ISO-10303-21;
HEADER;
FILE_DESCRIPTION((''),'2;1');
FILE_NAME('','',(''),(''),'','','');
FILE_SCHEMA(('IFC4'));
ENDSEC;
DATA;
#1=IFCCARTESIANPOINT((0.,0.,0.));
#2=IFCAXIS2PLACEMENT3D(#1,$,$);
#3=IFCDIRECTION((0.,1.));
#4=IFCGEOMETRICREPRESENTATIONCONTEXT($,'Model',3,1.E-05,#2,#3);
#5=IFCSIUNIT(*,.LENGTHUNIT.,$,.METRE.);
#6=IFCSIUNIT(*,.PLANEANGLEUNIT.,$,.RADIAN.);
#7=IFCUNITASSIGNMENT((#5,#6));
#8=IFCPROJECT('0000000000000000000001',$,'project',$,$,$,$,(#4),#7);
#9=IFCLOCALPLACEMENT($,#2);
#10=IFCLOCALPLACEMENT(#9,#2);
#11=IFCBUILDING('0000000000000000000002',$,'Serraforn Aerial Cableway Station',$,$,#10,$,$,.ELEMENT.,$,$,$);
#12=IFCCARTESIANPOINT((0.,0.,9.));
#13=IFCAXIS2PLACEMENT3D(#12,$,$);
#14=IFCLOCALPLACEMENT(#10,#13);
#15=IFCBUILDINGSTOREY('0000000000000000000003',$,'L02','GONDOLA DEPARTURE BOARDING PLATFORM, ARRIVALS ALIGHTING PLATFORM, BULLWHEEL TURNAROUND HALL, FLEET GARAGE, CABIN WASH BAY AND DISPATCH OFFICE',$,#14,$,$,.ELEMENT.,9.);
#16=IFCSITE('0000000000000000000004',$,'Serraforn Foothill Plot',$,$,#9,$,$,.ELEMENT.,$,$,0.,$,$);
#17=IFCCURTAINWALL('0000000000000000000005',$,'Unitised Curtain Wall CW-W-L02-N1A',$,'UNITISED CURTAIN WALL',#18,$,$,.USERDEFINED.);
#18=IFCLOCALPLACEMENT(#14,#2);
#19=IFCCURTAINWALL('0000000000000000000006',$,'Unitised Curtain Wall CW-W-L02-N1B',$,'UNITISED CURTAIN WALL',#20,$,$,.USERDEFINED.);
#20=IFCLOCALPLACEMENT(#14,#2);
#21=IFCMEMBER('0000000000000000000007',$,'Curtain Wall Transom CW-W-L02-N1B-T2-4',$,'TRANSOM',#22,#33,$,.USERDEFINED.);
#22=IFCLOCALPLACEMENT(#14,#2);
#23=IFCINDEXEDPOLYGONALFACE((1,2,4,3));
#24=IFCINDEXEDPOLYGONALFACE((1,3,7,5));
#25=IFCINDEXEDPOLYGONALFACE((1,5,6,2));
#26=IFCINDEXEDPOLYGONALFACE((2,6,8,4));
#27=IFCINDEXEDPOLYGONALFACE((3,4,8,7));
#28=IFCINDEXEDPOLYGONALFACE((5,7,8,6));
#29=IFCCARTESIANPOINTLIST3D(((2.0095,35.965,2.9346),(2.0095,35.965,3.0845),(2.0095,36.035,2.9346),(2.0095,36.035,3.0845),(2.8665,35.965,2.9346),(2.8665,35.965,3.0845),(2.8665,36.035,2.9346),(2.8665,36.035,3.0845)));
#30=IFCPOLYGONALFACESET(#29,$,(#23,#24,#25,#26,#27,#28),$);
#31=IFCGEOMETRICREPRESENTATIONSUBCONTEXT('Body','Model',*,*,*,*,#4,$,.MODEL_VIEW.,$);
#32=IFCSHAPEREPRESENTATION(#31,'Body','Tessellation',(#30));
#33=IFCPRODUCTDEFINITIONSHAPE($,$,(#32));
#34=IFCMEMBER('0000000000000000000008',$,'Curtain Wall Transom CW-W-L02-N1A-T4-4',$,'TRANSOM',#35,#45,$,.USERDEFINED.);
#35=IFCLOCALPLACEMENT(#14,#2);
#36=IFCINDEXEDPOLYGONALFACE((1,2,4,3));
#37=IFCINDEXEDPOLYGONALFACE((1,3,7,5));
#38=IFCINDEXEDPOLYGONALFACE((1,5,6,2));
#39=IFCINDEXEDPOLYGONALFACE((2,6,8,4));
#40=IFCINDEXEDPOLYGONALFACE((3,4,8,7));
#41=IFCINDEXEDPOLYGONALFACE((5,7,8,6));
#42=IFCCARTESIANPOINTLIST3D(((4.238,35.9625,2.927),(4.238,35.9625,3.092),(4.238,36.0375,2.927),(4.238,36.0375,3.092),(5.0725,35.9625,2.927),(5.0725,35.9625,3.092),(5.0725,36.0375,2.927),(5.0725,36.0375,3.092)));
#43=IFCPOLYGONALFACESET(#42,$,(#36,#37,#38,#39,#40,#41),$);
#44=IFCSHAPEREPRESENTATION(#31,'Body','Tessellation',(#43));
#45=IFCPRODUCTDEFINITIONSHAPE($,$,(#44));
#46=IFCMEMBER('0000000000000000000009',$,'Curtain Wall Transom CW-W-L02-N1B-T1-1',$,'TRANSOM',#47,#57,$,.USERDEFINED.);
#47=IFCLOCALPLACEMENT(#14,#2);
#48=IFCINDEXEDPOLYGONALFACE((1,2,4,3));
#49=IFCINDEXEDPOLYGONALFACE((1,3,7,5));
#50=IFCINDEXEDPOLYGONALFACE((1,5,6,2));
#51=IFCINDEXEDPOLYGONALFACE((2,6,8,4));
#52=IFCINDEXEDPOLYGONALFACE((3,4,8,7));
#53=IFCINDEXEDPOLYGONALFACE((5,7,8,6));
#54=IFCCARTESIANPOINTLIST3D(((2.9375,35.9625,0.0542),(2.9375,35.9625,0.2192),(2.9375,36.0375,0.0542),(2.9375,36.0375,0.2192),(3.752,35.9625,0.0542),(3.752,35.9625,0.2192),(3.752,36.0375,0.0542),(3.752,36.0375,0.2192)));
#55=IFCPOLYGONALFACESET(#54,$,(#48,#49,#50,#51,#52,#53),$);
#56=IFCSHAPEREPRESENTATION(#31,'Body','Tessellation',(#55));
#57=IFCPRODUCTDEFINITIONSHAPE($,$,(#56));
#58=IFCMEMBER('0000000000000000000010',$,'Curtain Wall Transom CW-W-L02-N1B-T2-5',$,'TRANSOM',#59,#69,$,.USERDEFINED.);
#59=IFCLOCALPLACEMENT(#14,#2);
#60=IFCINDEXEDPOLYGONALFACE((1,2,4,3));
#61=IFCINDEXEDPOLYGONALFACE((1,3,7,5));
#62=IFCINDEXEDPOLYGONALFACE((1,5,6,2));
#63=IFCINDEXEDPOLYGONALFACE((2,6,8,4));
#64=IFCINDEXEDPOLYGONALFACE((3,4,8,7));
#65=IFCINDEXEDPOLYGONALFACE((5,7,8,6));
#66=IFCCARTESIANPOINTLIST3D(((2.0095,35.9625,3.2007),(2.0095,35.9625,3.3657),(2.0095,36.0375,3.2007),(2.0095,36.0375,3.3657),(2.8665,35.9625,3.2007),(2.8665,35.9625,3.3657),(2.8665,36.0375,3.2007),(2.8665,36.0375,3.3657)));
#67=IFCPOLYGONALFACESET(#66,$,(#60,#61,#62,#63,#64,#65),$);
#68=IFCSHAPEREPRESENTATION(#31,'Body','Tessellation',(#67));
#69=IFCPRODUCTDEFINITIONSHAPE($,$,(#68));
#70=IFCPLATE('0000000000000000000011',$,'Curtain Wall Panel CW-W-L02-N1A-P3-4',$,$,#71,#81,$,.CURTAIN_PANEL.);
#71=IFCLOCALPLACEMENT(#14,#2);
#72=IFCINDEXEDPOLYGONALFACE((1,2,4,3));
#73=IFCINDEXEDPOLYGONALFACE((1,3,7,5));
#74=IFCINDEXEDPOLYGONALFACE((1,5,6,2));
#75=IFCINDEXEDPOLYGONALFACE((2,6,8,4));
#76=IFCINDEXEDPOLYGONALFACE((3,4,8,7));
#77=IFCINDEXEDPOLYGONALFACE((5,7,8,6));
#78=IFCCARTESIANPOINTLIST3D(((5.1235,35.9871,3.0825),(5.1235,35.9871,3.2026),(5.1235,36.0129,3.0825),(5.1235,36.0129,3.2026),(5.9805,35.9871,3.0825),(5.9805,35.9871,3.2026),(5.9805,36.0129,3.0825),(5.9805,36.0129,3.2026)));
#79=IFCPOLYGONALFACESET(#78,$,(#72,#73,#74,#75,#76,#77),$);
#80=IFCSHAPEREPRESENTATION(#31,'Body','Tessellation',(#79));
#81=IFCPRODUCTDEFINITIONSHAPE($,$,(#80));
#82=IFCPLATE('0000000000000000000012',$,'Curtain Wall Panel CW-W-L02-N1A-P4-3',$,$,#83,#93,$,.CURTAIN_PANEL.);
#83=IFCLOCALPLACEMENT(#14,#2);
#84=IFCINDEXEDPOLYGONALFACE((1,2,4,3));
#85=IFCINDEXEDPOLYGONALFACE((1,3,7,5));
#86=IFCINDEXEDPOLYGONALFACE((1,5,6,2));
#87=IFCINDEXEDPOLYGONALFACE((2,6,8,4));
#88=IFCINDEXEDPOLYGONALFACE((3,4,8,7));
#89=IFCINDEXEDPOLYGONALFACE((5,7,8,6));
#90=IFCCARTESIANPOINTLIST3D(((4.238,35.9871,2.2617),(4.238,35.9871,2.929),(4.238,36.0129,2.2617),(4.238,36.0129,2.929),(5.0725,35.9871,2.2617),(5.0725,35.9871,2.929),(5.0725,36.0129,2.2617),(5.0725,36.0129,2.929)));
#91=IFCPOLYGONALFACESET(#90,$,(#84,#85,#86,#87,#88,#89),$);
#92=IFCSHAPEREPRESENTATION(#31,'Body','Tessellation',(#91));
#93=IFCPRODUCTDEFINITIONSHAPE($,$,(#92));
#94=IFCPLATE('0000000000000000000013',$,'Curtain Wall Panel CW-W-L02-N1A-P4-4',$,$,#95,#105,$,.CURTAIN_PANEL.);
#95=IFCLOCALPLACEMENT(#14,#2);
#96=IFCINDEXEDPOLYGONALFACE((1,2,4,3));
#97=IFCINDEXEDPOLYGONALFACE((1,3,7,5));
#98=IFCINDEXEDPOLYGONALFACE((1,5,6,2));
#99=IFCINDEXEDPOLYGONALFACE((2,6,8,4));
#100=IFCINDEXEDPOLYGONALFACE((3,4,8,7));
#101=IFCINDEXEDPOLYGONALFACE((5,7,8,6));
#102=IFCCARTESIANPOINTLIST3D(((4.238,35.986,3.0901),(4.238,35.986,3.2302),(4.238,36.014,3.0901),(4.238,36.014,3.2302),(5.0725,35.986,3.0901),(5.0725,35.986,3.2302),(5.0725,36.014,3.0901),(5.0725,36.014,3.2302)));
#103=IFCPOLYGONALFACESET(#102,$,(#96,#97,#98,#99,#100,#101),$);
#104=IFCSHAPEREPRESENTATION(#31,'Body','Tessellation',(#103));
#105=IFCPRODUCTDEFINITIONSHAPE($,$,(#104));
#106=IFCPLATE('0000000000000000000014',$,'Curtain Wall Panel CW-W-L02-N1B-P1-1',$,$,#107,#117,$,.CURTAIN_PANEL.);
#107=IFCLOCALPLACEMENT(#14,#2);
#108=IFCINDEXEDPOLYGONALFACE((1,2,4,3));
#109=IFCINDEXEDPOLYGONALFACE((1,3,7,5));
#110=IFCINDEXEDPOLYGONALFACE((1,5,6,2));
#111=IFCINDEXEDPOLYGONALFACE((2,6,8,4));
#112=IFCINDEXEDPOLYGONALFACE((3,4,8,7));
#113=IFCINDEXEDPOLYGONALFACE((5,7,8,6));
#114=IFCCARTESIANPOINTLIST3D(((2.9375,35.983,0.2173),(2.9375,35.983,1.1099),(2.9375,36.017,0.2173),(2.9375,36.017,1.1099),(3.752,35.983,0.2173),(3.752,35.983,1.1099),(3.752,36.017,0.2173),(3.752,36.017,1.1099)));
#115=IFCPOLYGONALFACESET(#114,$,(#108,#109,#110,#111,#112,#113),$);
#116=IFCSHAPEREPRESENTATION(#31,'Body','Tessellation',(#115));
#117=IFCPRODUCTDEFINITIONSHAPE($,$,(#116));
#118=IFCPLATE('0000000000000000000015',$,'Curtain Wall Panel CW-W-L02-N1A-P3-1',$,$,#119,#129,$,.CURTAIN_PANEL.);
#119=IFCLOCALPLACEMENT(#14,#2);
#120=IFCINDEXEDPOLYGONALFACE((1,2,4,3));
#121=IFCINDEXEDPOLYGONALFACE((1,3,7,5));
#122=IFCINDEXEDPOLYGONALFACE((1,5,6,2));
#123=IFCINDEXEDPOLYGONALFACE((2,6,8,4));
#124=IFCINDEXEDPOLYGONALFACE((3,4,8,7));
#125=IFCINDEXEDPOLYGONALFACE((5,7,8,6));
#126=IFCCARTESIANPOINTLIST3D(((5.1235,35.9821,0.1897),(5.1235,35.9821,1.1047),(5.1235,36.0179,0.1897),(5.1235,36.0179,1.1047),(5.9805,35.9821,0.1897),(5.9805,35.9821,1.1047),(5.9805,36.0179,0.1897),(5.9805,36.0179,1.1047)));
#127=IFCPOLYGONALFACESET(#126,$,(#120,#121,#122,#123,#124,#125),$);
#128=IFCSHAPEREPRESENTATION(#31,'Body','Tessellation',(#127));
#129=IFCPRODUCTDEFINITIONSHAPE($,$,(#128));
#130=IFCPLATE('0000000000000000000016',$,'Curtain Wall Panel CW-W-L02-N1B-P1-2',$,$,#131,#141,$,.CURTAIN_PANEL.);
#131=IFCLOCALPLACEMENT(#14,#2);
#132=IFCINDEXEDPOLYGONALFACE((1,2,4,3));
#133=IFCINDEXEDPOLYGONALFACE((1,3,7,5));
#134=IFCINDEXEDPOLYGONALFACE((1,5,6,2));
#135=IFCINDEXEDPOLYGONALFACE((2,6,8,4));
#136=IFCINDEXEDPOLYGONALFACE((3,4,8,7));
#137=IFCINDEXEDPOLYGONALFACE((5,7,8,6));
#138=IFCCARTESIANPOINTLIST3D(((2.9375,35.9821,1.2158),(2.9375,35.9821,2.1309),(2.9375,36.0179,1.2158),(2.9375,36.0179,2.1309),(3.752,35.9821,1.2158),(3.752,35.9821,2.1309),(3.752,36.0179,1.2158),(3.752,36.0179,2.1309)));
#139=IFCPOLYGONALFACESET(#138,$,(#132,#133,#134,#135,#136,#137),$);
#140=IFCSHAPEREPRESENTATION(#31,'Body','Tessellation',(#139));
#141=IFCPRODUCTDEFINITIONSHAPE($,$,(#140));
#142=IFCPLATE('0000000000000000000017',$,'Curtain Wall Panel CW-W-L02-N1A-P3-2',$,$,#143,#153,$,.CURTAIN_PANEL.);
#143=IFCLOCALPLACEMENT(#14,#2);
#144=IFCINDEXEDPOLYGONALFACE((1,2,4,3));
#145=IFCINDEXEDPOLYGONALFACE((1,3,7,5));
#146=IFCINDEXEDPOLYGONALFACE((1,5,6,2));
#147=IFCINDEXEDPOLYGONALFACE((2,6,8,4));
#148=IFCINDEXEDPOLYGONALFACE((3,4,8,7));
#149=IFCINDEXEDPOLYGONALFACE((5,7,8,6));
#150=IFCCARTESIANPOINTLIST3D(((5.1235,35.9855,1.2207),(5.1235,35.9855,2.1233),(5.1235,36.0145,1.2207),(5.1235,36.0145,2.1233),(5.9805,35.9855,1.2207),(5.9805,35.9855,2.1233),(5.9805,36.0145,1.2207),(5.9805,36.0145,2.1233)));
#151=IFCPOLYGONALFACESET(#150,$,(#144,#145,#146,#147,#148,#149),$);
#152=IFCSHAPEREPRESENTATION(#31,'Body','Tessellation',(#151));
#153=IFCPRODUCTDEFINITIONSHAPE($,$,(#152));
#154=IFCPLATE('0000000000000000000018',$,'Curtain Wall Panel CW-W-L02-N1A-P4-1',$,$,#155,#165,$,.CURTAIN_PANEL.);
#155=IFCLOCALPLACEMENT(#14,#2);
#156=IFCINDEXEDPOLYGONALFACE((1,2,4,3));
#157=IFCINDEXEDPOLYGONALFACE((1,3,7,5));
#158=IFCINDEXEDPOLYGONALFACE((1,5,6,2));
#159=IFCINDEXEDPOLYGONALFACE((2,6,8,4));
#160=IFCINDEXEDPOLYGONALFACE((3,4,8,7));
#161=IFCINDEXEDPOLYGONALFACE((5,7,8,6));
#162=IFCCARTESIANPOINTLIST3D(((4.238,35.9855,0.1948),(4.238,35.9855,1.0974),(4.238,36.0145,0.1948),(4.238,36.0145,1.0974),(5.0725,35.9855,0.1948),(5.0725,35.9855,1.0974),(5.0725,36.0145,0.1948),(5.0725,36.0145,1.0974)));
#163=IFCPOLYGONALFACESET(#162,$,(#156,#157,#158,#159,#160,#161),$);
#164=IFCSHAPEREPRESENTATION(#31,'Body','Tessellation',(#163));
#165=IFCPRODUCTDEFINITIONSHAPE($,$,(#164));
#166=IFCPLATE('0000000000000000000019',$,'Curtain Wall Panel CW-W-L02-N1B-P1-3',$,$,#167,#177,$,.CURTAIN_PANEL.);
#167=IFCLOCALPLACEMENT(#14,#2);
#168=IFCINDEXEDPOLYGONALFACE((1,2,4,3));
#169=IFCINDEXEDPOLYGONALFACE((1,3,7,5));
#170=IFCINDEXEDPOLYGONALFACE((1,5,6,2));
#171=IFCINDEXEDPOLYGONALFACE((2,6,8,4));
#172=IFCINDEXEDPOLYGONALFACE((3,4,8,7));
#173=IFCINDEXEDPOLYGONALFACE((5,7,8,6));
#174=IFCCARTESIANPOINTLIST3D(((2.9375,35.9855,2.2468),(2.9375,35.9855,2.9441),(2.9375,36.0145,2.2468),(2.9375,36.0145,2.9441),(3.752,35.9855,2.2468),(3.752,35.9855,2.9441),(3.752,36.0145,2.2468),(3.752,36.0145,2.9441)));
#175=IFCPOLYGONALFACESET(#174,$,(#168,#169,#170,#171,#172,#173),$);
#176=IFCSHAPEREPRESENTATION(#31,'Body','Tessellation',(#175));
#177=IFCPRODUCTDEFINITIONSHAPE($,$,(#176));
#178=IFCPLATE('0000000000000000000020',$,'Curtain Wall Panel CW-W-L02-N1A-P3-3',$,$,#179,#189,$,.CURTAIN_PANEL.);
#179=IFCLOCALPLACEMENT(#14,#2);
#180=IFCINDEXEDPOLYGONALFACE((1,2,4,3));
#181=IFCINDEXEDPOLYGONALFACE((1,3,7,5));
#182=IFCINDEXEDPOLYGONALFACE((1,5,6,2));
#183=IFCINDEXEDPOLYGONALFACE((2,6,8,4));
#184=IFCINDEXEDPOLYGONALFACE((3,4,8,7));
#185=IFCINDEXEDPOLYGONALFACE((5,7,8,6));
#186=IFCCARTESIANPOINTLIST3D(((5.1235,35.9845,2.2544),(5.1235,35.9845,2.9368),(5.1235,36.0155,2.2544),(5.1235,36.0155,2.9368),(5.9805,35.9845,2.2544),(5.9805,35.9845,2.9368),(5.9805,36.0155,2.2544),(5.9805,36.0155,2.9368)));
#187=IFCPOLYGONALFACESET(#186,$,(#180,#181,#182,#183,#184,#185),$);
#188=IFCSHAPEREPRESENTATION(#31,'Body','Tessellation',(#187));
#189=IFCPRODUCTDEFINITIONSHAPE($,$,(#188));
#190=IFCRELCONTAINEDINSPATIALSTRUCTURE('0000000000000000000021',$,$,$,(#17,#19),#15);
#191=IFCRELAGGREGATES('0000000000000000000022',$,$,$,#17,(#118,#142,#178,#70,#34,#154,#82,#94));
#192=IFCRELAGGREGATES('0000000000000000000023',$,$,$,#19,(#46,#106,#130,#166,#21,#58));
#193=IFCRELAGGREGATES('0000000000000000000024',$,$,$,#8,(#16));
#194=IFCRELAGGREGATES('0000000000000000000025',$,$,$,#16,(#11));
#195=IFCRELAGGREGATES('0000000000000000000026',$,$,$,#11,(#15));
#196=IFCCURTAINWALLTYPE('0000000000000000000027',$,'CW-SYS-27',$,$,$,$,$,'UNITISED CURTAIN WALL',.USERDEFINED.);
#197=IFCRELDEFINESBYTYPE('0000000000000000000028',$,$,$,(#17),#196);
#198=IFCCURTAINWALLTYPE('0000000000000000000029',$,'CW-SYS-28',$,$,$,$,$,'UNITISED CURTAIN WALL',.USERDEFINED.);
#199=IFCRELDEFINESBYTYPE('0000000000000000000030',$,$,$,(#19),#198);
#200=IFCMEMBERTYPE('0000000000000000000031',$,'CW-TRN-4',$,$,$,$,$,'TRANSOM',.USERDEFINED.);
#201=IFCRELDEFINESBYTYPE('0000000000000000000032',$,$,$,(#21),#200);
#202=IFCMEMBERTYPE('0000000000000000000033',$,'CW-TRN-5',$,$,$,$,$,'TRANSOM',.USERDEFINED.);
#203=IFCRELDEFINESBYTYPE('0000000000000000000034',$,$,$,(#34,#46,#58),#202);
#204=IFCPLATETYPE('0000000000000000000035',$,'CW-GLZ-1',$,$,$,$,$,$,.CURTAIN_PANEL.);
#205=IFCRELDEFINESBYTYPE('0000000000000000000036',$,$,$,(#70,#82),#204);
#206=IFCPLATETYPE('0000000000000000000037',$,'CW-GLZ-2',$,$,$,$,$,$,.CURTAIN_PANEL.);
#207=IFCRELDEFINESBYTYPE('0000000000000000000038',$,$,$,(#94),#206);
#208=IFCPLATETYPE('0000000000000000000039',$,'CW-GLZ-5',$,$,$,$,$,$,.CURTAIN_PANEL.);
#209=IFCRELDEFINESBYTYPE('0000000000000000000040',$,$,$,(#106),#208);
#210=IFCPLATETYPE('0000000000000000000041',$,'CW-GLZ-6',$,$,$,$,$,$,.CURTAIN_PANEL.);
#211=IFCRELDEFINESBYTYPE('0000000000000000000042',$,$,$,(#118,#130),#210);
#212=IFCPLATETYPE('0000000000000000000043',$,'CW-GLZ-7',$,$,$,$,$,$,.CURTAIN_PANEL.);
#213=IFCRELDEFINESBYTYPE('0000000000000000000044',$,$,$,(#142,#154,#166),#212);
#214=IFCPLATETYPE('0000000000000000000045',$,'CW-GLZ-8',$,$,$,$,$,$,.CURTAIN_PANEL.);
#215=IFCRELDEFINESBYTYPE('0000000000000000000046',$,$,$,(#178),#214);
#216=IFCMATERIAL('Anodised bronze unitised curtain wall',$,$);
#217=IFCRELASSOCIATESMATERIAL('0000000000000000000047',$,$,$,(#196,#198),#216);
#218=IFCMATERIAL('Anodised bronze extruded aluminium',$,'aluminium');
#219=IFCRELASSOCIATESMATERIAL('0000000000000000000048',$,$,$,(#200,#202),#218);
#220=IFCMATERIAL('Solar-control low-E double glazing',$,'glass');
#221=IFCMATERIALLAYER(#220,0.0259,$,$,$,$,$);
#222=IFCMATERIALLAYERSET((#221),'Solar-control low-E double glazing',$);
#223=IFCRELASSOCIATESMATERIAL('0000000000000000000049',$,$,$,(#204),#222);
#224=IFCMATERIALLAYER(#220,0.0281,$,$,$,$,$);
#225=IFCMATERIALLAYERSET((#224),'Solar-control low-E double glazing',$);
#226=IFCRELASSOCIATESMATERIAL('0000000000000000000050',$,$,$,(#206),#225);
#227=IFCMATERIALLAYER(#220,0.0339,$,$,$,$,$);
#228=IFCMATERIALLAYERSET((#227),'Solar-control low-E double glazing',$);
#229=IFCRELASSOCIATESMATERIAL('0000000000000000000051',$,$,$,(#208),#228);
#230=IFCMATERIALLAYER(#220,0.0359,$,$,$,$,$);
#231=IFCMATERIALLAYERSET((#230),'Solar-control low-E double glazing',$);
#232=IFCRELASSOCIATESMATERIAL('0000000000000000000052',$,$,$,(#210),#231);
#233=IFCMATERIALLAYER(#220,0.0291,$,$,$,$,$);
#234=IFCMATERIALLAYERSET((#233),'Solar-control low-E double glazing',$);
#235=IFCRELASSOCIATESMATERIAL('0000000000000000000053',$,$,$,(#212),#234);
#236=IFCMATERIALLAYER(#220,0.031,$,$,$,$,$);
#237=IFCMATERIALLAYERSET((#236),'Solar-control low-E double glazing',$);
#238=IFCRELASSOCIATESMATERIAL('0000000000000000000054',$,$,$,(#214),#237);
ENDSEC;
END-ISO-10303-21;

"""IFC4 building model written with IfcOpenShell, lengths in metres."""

from ifc_helpers import new_model, si_unit, direction, frame, origin, origin_2d, place, context, subcontext, project, spatial, rectangle, extrude, material, layer, layer_set, material_profile, profile_set, type_object, element, aggregate, save


model = new_model("IFC4")

# Units and contexts
model_context = context("Model", 3, precision=1e-05, world=origin(), true_north=direction((0.0, 1.0)))
body_context = subcontext(model_context, "Body", "Model", "MODEL_VIEW")
ifc_project = project(units=[si_unit("LENGTHUNIT", "METRE"), si_unit("PLANEANGLEUNIT", "RADIAN")], contexts=[model_context])

# Site, building, storey
site_placement = place(None, origin())
site = spatial("IfcSite", under=ifc_project, at=site_placement, Name="Serraforn Foothill Plot", CompositionType="ELEMENT", RefElevation=0.0)
building_placement = place(site_placement, origin())
building = spatial("IfcBuilding", under=site, at=building_placement, Name="Serraforn Aerial Cableway Station", CompositionType="ELEMENT")
storey_placement = place(building_placement, frame((0.0, 0.0, 9.0)))
storey = spatial("IfcBuildingStorey", under=building, at=storey_placement, Name="L02", Description="GONDOLA DEPARTURE BOARDING PLATFORM, ARRIVALS ALIGHTING PLATFORM, BULLWHEEL TURNAROUND HALL, FLEET GARAGE, CABIN WASH BAY AND DISPATCH OFFICE", CompositionType="ELEMENT", Elevation=9.0)

# Curtain walls
ifc_material_1 = material(Name="Anodised bronze unitised curtain wall")
curtain_wall_type_1 = type_object("IfcCurtainWallType", Name="CW-SYS-27", ElementType="UNITISED CURTAIN WALL", PredefinedType="USERDEFINED", material=ifc_material_1)
curtain_wall_1_placement = place(storey_placement, origin())
curtain_wall_1 = element("IfcCurtainWall", 1, at=curtain_wall_1_placement, inside=storey, type_object=curtain_wall_type_1, Name="Unitised Curtain Wall CW-W-L02-N1A", ObjectType="UNITISED CURTAIN WALL", PredefinedType="USERDEFINED")
ifc_material_2 = material(Name="Anodised bronze extruded aluminium", Category="aluminium")
curtain_wall_type_2 = type_object("IfcCurtainWallType", Name="CW-SYS-28", ElementType="UNITISED CURTAIN WALL", PredefinedType="USERDEFINED", material=ifc_material_1)
curtain_wall_2_placement = place(storey_placement, origin())
curtain_wall_2 = element("IfcCurtainWall", 2, at=curtain_wall_2_placement, inside=storey, type_object=curtain_wall_type_2, Name="Unitised Curtain Wall CW-W-L02-N1B", ObjectType="UNITISED CURTAIN WALL", PredefinedType="USERDEFINED")

# Members
ifc_material_profile_1 = material_profile(ifc_material_2, rectangle(XDim=0.0701, YDim=0.1499, at=origin_2d()), Name="CW TRANSOM 70x150")
ifc_profile_set_1 = profile_set([ifc_material_profile_1], Name="Anodised bronze extruded aluminium")
member_type_1 = type_object("IfcMemberType", Name="CW-TRN-4", ElementType="TRANSOM", PredefinedType="USERDEFINED", material=ifc_profile_set_1)
member_1_placement = place(storey_placement, frame((2.8665, 36.0, 3.0095), z_axis=(-1.0, 0.0, 0.0), x_axis=(0.0, -1.0, 0.0)))
member_1 = element("IfcMember", 3, at=member_1_placement, type_object=member_type_1, Name="Curtain Wall Transom CW-W-L02-N1B-T2-4", ObjectType="TRANSOM", PredefinedType="USERDEFINED", context=body_context, shape_type="SweptSolid", body=[
    extrude(rectangle(XDim=0.0701, YDim=0.1499, at=origin_2d()), origin(), (0.0, 0.0, 1.0), 0.8569),
])
ifc_material_profile_2 = material_profile(ifc_material_2, rectangle(XDim=0.075, YDim=0.165, at=origin_2d()), Name="CW TRANSOM 75x165")
ifc_profile_set_2 = profile_set([ifc_material_profile_2], Name="Anodised bronze extruded aluminium")
member_type_2 = type_object("IfcMemberType", Name="CW-TRN-5", ElementType="TRANSOM", PredefinedType="USERDEFINED", material=ifc_profile_set_2)
member_2_placement = place(storey_placement, frame((5.0725, 36.0, 3.0095), z_axis=(-1.0, 0.0, 0.0), x_axis=(0.0, -1.0, 0.0)))
member_2 = element("IfcMember", 4, at=member_2_placement, type_object=member_type_2, Name="Curtain Wall Transom CW-W-L02-N1A-T4-4", ObjectType="TRANSOM", PredefinedType="USERDEFINED", context=body_context, shape_type="SweptSolid", body=[
    extrude(rectangle(XDim=0.075, YDim=0.165, at=origin_2d()), origin(), (0.0, 0.0, 1.0), 0.8345),
])
member_3_placement = place(storey_placement, frame((3.752, 36.0, 0.1367), z_axis=(-1.0, 0.0, 0.0), x_axis=(0.0, -1.0, 0.0)))
member_3 = element("IfcMember", 5, at=member_3_placement, type_object=member_type_2, Name="Curtain Wall Transom CW-W-L02-N1B-T1-1", ObjectType="TRANSOM", PredefinedType="USERDEFINED", context=body_context, shape_type="SweptSolid", body=[
    extrude(rectangle(XDim=0.075, YDim=0.165, at=origin_2d()), origin(), (0.0, 0.0, 1.0), 0.8145),
])
member_4_placement = place(storey_placement, frame((2.8665, 36.0, 3.2832), z_axis=(-1.0, 0.0, 0.0), x_axis=(0.0, -1.0, 0.0)))
member_4 = element("IfcMember", 6, at=member_4_placement, type_object=member_type_2, Name="Curtain Wall Transom CW-W-L02-N1B-T2-5", ObjectType="TRANSOM", PredefinedType="USERDEFINED", context=body_context, shape_type="SweptSolid", body=[
    extrude(rectangle(XDim=0.075, YDim=0.165, at=origin_2d()), origin(), (0.0, 0.0, 1.0), 0.8569),
])

# Plates
ifc_material_3 = material(Name="Solar-control low-E double glazing", Category="glass")
ifc_layer_1 = layer(ifc_material_3, 0.0259)
ifc_layer_set_1 = layer_set([ifc_layer_1], Name="Solar-control low-E double glazing")
plate_type_1 = type_object("IfcPlateType", Name="CW-GLZ-1", PredefinedType="CURTAIN_PANEL", material=ifc_layer_set_1)
plate_1_placement = place(storey_placement, frame((5.552, 36.0, 3.0825), z_axis=(0.0, 0.0, 1.0), x_axis=(1.0, 0.0, 0.0)))
plate_1 = element("IfcPlate", 7, at=plate_1_placement, type_object=plate_type_1, Name="Curtain Wall Panel CW-W-L02-N1A-P3-4", PredefinedType="CURTAIN_PANEL", context=body_context, shape_type="SweptSolid", body=[
    extrude(rectangle(XDim=0.8569, YDim=0.0259, at=origin_2d()), origin(), (0.0, 0.0, 1.0), 0.1201),
])
plate_2_placement = place(storey_placement, frame((4.6553, 36.0, 2.2617), z_axis=(0.0, 0.0, 1.0), x_axis=(1.0, 0.0, 0.0)))
plate_2 = element("IfcPlate", 8, at=plate_2_placement, type_object=plate_type_1, Name="Curtain Wall Panel CW-W-L02-N1A-P4-3", PredefinedType="CURTAIN_PANEL", context=body_context, shape_type="SweptSolid", body=[
    extrude(rectangle(XDim=0.8345, YDim=0.0259, at=origin_2d()), origin(), (0.0, 0.0, 1.0), 0.6672),
])
ifc_layer_2 = layer(ifc_material_3, 0.0281)
ifc_layer_set_2 = layer_set([ifc_layer_2], Name="Solar-control low-E double glazing")
plate_type_2 = type_object("IfcPlateType", Name="CW-GLZ-2", PredefinedType="CURTAIN_PANEL", material=ifc_layer_set_2)
plate_3_placement = place(storey_placement, frame((4.6553, 36.0, 3.0901), z_axis=(0.0, 0.0, 1.0), x_axis=(1.0, 0.0, 0.0)))
plate_3 = element("IfcPlate", 9, at=plate_3_placement, type_object=plate_type_2, Name="Curtain Wall Panel CW-W-L02-N1A-P4-4", PredefinedType="CURTAIN_PANEL", context=body_context, shape_type="SweptSolid", body=[
    extrude(rectangle(XDim=0.8345, YDim=0.0281, at=origin_2d()), origin(), (0.0, 0.0, 1.0), 0.1401),
])
ifc_layer_3 = layer(ifc_material_3, 0.0339)
ifc_layer_set_3 = layer_set([ifc_layer_3], Name="Solar-control low-E double glazing")
plate_type_3 = type_object("IfcPlateType", Name="CW-GLZ-5", PredefinedType="CURTAIN_PANEL", material=ifc_layer_set_3)
plate_4_placement = place(storey_placement, frame((3.3447, 36.0, 0.2173), z_axis=(0.0, 0.0, 1.0), x_axis=(1.0, 0.0, 0.0)))
plate_4 = element("IfcPlate", 10, at=plate_4_placement, type_object=plate_type_3, Name="Curtain Wall Panel CW-W-L02-N1B-P1-1", PredefinedType="CURTAIN_PANEL", context=body_context, shape_type="SweptSolid", body=[
    extrude(rectangle(XDim=0.8145, YDim=0.0339, at=origin_2d()), origin(), (0.0, 0.0, 1.0), 0.8926),
])
ifc_layer_4 = layer(ifc_material_3, 0.0359)
ifc_layer_set_4 = layer_set([ifc_layer_4], Name="Solar-control low-E double glazing")
plate_type_4 = type_object("IfcPlateType", Name="CW-GLZ-6", PredefinedType="CURTAIN_PANEL", material=ifc_layer_set_4)
plate_5_placement = place(storey_placement, frame((5.552, 36.0, 0.1897), z_axis=(0.0, 0.0, 1.0), x_axis=(1.0, 0.0, 0.0)))
plate_5 = element("IfcPlate", 11, at=plate_5_placement, type_object=plate_type_4, Name="Curtain Wall Panel CW-W-L02-N1A-P3-1", PredefinedType="CURTAIN_PANEL", context=body_context, shape_type="SweptSolid", body=[
    extrude(rectangle(XDim=0.8569, YDim=0.0359, at=origin_2d()), origin(), (0.0, 0.0, 1.0), 0.915),
])
plate_6_placement = place(storey_placement, frame((3.3447, 36.0, 1.2158), z_axis=(0.0, 0.0, 1.0), x_axis=(1.0, 0.0, 0.0)))
plate_6 = element("IfcPlate", 12, at=plate_6_placement, type_object=plate_type_4, Name="Curtain Wall Panel CW-W-L02-N1B-P1-2", PredefinedType="CURTAIN_PANEL", context=body_context, shape_type="SweptSolid", body=[
    extrude(rectangle(XDim=0.8145, YDim=0.0359, at=origin_2d()), origin(), (0.0, 0.0, 1.0), 0.915),
])
ifc_layer_5 = layer(ifc_material_3, 0.0291)
ifc_layer_set_5 = layer_set([ifc_layer_5], Name="Solar-control low-E double glazing")
plate_type_5 = type_object("IfcPlateType", Name="CW-GLZ-7", PredefinedType="CURTAIN_PANEL", material=ifc_layer_set_5)
plate_7_placement = place(storey_placement, frame((5.552, 36.0, 1.2207), z_axis=(0.0, 0.0, 1.0), x_axis=(1.0, 0.0, 0.0)))
plate_7 = element("IfcPlate", 13, at=plate_7_placement, type_object=plate_type_5, Name="Curtain Wall Panel CW-W-L02-N1A-P3-2", PredefinedType="CURTAIN_PANEL", context=body_context, shape_type="SweptSolid", body=[
    extrude(rectangle(XDim=0.8569, YDim=0.0291, at=origin_2d()), origin(), (0.0, 0.0, 1.0), 0.9026),
])
plate_8_placement = place(storey_placement, frame((4.6553, 36.0, 0.1948), z_axis=(0.0, 0.0, 1.0), x_axis=(1.0, 0.0, 0.0)))
plate_8 = element("IfcPlate", 14, at=plate_8_placement, type_object=plate_type_5, Name="Curtain Wall Panel CW-W-L02-N1A-P4-1", PredefinedType="CURTAIN_PANEL", context=body_context, shape_type="SweptSolid", body=[
    extrude(rectangle(XDim=0.8345, YDim=0.0291, at=origin_2d()), origin(), (0.0, 0.0, 1.0), 0.9026),
])
plate_9_placement = place(storey_placement, frame((3.3447, 36.0, 2.2468), z_axis=(0.0, 0.0, 1.0), x_axis=(1.0, 0.0, 0.0)))
plate_9 = element("IfcPlate", 15, at=plate_9_placement, type_object=plate_type_5, Name="Curtain Wall Panel CW-W-L02-N1B-P1-3", PredefinedType="CURTAIN_PANEL", context=body_context, shape_type="SweptSolid", body=[
    extrude(rectangle(XDim=0.8145, YDim=0.0291, at=origin_2d()), origin(), (0.0, 0.0, 1.0), 0.6973),
])
ifc_layer_6 = layer(ifc_material_3, 0.031)
ifc_layer_set_6 = layer_set([ifc_layer_6], Name="Solar-control low-E double glazing")
plate_type_6 = type_object("IfcPlateType", Name="CW-GLZ-8", PredefinedType="CURTAIN_PANEL", material=ifc_layer_set_6)
plate_10_placement = place(storey_placement, frame((5.552, 36.0, 2.2544), z_axis=(0.0, 0.0, 1.0), x_axis=(1.0, 0.0, 0.0)))
plate_10 = element("IfcPlate", 16, at=plate_10_placement, type_object=plate_type_6, Name="Curtain Wall Panel CW-W-L02-N1A-P3-3", PredefinedType="CURTAIN_PANEL", context=body_context, shape_type="SweptSolid", body=[
    extrude(rectangle(XDim=0.8569, YDim=0.031, at=origin_2d()), origin(), (0.0, 0.0, 1.0), 0.6824),
])
aggregate(curtain_wall_1, [plate_5, plate_7, plate_10, plate_1, member_2, plate_8, plate_2, plate_3])
aggregate(curtain_wall_2, [member_3, plate_4, plate_6, plate_9, member_1, member_4])

save(model, "model.ifc")
